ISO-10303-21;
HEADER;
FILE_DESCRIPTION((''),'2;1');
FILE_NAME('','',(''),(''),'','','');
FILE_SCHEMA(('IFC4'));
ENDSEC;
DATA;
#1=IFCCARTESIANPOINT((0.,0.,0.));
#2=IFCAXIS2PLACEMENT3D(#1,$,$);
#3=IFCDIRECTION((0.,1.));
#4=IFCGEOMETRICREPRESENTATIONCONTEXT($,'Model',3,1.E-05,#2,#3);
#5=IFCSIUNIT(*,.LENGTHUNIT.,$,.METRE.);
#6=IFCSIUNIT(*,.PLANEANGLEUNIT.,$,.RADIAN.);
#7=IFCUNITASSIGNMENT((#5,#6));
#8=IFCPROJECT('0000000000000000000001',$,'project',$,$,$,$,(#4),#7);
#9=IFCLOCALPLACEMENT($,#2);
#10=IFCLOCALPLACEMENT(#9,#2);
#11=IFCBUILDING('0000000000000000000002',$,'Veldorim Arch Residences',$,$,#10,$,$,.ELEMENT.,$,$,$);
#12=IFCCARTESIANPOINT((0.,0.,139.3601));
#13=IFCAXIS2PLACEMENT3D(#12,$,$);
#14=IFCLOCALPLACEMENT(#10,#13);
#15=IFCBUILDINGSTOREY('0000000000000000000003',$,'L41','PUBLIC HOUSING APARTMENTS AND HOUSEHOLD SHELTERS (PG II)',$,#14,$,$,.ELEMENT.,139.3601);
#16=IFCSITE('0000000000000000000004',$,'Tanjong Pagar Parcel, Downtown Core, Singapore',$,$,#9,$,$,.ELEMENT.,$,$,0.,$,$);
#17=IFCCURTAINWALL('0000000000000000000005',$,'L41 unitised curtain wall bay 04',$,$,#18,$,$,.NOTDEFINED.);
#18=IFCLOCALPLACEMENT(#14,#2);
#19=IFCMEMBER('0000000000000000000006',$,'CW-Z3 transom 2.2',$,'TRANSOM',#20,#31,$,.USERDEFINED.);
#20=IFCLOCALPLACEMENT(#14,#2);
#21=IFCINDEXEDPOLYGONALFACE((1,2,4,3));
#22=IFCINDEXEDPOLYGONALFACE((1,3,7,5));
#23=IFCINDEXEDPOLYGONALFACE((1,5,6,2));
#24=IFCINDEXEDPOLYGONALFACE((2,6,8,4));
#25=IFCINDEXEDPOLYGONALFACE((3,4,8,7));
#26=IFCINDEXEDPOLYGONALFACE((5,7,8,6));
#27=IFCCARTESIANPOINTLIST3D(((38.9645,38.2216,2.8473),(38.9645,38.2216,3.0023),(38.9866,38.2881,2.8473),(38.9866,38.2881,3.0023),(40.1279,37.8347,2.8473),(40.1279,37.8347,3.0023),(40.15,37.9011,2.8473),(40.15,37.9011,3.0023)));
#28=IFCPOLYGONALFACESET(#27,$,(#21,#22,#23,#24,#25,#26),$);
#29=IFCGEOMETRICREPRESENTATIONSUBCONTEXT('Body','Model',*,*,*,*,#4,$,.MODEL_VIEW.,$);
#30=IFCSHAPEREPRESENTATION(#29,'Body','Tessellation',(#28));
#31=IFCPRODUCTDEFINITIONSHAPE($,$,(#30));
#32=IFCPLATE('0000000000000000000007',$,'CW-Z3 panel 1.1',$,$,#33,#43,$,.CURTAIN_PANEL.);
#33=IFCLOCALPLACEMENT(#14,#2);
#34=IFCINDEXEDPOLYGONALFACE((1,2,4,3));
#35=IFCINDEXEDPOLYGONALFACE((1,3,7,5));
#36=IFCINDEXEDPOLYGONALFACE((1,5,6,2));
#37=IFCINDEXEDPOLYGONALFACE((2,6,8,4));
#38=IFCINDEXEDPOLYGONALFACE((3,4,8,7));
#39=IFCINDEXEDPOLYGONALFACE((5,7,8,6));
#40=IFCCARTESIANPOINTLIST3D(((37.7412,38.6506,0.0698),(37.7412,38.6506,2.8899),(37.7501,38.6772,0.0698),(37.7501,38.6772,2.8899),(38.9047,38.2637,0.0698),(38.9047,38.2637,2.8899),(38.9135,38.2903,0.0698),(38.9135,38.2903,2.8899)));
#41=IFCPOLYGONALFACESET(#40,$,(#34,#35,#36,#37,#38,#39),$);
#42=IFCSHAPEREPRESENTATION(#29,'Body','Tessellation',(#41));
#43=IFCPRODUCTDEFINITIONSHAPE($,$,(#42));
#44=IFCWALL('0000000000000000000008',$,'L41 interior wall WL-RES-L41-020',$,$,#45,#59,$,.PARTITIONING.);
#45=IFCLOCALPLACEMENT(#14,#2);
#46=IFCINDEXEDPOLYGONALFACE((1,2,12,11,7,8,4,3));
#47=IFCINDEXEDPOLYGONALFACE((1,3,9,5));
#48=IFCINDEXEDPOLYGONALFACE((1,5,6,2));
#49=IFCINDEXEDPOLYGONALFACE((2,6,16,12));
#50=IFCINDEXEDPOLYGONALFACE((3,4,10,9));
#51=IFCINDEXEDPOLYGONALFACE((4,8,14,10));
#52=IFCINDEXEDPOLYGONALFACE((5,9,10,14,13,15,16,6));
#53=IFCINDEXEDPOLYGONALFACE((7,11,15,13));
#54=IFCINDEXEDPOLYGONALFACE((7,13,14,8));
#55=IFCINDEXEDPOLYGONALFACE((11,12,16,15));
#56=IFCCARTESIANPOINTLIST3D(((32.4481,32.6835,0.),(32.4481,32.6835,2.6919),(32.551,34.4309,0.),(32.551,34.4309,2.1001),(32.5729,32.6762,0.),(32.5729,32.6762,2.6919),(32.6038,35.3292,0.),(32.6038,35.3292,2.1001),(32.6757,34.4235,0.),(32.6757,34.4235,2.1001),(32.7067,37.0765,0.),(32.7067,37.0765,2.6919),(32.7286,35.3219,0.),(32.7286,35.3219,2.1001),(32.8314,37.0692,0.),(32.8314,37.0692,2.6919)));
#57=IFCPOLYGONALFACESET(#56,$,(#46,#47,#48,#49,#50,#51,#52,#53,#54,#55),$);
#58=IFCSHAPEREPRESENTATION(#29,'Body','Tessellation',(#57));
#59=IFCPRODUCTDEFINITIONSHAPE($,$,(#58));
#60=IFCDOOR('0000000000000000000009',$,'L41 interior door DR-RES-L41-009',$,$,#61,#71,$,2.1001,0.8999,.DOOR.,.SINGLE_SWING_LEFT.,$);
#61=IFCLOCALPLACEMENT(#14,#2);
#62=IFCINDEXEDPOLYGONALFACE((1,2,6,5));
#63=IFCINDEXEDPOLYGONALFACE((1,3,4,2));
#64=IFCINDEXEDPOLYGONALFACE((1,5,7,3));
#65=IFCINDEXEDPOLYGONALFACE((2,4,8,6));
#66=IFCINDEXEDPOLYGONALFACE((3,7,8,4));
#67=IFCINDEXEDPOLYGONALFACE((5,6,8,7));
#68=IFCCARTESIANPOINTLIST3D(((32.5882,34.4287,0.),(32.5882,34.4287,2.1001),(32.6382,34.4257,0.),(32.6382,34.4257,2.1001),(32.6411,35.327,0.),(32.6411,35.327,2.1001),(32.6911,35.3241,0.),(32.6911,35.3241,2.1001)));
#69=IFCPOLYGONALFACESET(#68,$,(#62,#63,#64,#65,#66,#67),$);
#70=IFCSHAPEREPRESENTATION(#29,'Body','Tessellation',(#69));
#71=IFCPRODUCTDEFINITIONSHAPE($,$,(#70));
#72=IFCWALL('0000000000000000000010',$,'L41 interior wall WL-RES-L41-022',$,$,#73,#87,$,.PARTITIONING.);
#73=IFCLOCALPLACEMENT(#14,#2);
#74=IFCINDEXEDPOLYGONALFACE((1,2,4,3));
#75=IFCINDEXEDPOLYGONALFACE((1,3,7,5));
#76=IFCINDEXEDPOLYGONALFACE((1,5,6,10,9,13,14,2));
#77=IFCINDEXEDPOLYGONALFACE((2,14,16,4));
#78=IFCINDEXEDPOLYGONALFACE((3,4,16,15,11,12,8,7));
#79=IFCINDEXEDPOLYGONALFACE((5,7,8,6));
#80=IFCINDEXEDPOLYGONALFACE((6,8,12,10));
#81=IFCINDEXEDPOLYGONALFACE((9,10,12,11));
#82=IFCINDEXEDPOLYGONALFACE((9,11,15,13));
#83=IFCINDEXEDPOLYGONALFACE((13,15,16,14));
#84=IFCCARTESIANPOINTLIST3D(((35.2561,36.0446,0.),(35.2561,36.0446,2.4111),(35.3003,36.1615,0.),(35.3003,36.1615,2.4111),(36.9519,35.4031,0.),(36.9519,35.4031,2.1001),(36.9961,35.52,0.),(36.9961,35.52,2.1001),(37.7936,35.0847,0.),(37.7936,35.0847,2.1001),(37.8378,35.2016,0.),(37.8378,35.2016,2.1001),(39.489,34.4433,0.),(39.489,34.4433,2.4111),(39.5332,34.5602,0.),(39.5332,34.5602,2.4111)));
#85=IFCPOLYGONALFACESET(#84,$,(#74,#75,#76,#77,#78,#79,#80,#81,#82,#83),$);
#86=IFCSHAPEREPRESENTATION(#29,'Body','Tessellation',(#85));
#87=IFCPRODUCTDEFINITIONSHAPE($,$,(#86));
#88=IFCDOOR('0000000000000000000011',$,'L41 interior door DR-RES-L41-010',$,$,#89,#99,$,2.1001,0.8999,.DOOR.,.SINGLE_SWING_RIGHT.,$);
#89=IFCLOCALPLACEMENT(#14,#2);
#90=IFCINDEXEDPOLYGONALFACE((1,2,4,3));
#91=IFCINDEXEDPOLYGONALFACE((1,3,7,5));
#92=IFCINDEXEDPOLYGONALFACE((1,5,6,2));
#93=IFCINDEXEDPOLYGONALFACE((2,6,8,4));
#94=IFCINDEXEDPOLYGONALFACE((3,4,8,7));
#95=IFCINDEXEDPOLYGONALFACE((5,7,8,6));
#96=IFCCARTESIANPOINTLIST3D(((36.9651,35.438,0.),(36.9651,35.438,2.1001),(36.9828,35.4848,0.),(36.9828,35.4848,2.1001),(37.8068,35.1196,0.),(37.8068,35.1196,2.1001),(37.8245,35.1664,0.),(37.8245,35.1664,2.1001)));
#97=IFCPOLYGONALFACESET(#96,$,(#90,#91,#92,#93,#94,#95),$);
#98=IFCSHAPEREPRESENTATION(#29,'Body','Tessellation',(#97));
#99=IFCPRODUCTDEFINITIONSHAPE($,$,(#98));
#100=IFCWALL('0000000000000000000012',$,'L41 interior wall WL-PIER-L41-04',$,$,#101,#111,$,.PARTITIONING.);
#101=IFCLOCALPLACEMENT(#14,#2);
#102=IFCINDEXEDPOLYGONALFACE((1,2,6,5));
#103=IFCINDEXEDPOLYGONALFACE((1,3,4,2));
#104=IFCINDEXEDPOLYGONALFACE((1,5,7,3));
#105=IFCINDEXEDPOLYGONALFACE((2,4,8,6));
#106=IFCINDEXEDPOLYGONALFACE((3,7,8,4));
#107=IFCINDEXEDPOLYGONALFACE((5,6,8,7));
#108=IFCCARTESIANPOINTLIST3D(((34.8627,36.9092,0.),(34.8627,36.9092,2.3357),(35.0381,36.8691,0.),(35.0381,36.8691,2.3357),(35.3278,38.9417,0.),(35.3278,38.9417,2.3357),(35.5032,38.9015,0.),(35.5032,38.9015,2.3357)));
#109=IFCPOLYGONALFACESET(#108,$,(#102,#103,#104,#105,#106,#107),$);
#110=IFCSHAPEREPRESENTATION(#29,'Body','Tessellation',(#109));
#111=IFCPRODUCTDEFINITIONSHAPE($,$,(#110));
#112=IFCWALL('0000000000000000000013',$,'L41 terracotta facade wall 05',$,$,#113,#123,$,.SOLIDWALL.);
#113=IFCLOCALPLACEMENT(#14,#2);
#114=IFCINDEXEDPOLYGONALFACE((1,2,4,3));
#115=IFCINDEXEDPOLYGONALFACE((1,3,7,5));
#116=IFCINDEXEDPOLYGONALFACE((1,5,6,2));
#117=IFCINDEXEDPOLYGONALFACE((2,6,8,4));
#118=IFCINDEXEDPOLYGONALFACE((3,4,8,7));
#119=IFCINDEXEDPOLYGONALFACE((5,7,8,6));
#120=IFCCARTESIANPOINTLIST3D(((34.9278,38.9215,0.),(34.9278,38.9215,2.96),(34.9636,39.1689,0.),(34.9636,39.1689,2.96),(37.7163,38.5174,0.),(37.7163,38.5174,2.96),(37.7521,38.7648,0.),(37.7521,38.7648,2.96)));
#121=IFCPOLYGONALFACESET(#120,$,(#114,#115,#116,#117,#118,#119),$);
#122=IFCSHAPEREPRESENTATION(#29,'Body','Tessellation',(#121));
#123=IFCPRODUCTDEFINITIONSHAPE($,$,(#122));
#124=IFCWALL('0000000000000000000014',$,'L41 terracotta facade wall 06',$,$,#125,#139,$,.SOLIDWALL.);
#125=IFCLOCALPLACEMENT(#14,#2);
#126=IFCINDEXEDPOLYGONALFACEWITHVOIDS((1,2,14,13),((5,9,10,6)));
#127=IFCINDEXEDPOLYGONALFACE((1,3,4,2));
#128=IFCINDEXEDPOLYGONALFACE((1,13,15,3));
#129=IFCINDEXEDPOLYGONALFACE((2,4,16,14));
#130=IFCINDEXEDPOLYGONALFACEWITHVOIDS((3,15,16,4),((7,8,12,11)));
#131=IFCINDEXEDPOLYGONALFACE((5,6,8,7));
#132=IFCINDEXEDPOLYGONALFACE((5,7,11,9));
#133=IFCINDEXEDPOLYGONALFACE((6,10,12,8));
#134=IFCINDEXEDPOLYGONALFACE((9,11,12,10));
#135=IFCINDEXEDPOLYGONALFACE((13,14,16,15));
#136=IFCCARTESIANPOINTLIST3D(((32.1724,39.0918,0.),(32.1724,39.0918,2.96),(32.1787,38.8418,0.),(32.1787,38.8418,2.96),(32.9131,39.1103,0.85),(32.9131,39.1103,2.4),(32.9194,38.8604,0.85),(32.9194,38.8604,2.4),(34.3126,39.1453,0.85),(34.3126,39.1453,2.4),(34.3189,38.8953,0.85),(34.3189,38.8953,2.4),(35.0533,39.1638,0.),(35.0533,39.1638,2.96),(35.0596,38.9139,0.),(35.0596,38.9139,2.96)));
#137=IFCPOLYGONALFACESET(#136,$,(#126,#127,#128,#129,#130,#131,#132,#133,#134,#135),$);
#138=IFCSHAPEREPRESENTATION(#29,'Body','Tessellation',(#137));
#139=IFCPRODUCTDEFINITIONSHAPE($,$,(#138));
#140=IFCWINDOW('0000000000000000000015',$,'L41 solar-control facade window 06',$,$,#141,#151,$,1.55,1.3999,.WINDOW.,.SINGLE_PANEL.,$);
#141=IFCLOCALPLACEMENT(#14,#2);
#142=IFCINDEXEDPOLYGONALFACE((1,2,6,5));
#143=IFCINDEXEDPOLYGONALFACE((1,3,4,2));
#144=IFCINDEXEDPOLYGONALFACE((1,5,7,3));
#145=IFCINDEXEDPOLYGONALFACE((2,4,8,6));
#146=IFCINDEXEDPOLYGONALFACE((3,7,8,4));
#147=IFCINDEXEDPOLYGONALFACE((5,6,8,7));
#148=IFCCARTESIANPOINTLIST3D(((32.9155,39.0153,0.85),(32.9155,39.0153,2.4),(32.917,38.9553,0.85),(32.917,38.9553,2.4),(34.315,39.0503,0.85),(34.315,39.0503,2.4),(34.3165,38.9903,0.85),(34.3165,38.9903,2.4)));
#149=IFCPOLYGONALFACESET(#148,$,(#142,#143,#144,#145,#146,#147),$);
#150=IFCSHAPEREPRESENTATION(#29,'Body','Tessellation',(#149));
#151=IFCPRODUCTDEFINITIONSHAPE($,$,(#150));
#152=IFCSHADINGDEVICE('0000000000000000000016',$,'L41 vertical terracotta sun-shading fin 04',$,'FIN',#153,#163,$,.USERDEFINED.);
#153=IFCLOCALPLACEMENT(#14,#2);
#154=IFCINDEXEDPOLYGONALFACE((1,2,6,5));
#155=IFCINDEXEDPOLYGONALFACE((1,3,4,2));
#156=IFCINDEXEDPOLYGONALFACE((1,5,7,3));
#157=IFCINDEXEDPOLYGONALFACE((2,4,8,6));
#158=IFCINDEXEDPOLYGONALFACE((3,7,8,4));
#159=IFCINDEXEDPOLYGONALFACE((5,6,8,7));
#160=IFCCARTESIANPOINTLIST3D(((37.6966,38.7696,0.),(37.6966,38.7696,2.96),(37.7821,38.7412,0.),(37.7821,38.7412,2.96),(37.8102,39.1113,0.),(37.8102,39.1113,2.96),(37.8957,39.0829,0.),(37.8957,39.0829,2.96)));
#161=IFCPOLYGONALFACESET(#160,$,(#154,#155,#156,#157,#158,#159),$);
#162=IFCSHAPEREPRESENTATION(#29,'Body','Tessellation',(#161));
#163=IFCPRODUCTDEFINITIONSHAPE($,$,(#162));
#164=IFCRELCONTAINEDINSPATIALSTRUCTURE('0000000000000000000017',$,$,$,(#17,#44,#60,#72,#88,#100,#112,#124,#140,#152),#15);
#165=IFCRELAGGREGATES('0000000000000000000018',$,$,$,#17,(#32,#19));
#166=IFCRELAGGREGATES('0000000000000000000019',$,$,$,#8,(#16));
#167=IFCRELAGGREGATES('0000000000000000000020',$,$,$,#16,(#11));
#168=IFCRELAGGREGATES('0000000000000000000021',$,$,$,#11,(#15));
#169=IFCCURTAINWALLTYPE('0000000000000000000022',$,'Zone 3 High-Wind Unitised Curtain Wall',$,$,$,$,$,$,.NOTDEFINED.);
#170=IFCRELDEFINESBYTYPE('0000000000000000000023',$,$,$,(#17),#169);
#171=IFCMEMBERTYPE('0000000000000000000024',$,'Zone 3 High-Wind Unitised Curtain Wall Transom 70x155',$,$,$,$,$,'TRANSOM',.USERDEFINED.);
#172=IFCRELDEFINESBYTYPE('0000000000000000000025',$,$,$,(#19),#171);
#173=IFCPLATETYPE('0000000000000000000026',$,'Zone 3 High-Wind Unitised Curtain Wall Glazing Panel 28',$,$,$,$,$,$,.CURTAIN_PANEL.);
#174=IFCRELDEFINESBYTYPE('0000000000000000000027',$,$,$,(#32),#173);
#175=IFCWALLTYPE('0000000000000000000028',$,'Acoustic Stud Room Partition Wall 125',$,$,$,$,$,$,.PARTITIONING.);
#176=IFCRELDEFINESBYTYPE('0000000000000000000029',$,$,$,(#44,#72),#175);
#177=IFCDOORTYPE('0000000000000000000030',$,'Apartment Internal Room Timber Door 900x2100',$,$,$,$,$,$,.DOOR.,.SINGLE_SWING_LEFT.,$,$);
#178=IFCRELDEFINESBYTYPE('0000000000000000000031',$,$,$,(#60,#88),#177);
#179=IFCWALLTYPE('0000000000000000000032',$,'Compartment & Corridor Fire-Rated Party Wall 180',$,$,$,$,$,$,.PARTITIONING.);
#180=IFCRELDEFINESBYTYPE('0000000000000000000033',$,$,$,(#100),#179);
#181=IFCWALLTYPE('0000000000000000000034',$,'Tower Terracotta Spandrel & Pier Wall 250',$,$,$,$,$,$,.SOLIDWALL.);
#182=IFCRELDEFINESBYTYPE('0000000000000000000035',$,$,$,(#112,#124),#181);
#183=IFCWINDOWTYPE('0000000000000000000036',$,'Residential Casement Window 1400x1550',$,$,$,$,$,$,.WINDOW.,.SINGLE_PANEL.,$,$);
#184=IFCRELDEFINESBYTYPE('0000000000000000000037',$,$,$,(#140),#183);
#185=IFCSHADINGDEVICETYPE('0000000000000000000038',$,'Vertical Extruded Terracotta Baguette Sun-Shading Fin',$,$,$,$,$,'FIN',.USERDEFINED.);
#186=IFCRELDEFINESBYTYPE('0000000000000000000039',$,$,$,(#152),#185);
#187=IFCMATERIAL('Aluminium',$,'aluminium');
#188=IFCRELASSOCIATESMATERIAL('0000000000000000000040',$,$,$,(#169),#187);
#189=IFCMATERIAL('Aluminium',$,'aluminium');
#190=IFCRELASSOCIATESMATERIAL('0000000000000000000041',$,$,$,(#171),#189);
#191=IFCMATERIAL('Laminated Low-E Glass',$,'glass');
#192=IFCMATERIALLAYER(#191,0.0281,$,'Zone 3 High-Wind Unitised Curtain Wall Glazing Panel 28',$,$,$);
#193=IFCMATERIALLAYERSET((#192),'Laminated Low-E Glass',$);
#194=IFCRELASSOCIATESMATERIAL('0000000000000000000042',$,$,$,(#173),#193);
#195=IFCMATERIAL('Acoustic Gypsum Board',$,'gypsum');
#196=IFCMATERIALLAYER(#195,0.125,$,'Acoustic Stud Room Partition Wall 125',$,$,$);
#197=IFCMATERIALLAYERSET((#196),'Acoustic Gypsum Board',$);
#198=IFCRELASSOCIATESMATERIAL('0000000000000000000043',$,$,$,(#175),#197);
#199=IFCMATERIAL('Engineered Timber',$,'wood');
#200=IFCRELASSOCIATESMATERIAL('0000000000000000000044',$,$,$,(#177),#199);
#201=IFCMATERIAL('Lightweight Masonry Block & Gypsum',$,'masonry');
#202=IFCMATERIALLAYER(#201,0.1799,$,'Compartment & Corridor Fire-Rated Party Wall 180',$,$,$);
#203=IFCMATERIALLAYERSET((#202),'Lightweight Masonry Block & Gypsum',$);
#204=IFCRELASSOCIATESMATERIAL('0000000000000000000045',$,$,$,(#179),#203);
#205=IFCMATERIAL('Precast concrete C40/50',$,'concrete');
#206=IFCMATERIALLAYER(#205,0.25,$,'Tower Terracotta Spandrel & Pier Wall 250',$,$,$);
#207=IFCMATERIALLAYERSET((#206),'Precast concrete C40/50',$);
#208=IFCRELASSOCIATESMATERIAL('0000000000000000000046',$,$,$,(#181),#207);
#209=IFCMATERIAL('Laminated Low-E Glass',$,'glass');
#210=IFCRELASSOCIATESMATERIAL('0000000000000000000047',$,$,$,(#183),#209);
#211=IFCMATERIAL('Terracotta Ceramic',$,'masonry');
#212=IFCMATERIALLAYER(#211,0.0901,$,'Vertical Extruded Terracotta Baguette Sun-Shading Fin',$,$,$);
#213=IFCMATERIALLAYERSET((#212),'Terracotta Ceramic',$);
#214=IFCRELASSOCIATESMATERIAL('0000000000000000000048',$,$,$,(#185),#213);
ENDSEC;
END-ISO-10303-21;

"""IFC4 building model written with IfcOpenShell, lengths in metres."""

from ifc_helpers import new_model, si_unit, direction, frame, frame_2d, origin, origin_2d, place, context, subcontext, project, spatial, rectangle, extrude, material, layer, layer_set, material_profile, profile_set, type_object, element, fill, aggregate, save


model = new_model("IFC4")

# Units and contexts
model_context = context("Model", 3, precision=1e-05, world=origin(), true_north=direction((0.0, 1.0)))
body_context = subcontext(model_context, "Body", "Model", "MODEL_VIEW")
ifc_project = project(units=[si_unit("LENGTHUNIT", "METRE"), si_unit("PLANEANGLEUNIT", "RADIAN")], contexts=[model_context])

# Site, building, storey
site_placement = place(None, origin())
site = spatial("IfcSite", under=ifc_project, at=site_placement, Name="Tanjong Pagar Parcel, Downtown Core, Singapore", CompositionType="ELEMENT", RefElevation=0.0)
building_placement = place(site_placement, origin())
building = spatial("IfcBuilding", under=site, at=building_placement, Name="Veldorim Arch Residences", CompositionType="ELEMENT")
storey_placement = place(building_placement, frame((0.0, 0.0, 139.3601)))
storey = spatial("IfcBuildingStorey", under=building, at=storey_placement, Name="L41", Description="PUBLIC HOUSING APARTMENTS AND HOUSEHOLD SHELTERS (PG II)", CompositionType="ELEMENT", Elevation=139.3601)

# Curtain wall, member, plate
ifc_material_1 = material(Name="Aluminium", Category="aluminium")
curtain_wall_type = type_object("IfcCurtainWallType", Name="Zone 3 High-Wind Unitised Curtain Wall", PredefinedType="NOTDEFINED", material=ifc_material_1)
curtain_wall_placement = place(storey_placement, origin())
curtain_wall = element("IfcCurtainWall", 1, at=curtain_wall_placement, inside=storey, type_object=curtain_wall_type, Name="L41 unitised curtain wall bay 04", PredefinedType="NOTDEFINED")
ifc_material_2 = material(Name="Aluminium", Category="aluminium")
ifc_material_profile_1 = material_profile(ifc_material_2, rectangle(XDim=0.0701, YDim=0.155, at=origin_2d()), Name="ALU_TRN_70x155")
ifc_profile_set_1 = profile_set([ifc_material_profile_1], Name="Aluminium")
member_type_1 = type_object("IfcMemberType", Name="Zone 3 High-Wind Unitised Curtain Wall Transom 70x155", ElementType="TRANSOM", PredefinedType="USERDEFINED", material=ifc_profile_set_1)
member_1_placement = place(storey_placement, frame((38.9756, 38.2549, 2.9248), z_axis=(0.948882, -0.31563, 0.0), x_axis=(0.31563, 0.948882, 0.0)))
member_1 = element("IfcMember", 2, at=member_1_placement, type_object=member_type_1, Name="CW-Z3 transom 2.2", ObjectType="TRANSOM", PredefinedType="USERDEFINED", context=body_context, shape_type="SweptSolid", body=[
    extrude(rectangle(XDim=0.0701, YDim=0.155, at=origin_2d()), origin(), (0.0, 0.0, 1.0), 1.2261),
])
ifc_material_3 = material(Name="Laminated Low-E Glass", Category="glass")
ifc_layer_1 = layer(ifc_material_3, 0.0281, Name="Zone 3 High-Wind Unitised Curtain Wall Glazing Panel 28")
ifc_layer_set_1 = layer_set([ifc_layer_1], Name="Laminated Low-E Glass")
plate_type = type_object("IfcPlateType", Name="Zone 3 High-Wind Unitised Curtain Wall Glazing Panel 28", PredefinedType="CURTAIN_PANEL", material=ifc_layer_set_1)
plate_placement = place(storey_placement, frame((38.3274, 38.4705, 0.0698), z_axis=(0.0, 0.0, 1.0), x_axis=(0.948908, -0.315552, 0.0)))
plate = element("IfcPlate", 3, at=plate_placement, type_object=plate_type, Name="CW-Z3 panel 1.1", PredefinedType="CURTAIN_PANEL", context=body_context, shape_type="SweptSolid", body=[
    extrude(rectangle(XDim=1.2261, YDim=0.0281, at=origin_2d()), origin(), (0.0, 0.0, 1.0), 2.8201),
])
aggregate(curtain_wall, [plate, member_1])

# Walls, openings, doors
ifc_material_4 = material(Name="Acoustic Gypsum Board", Category="gypsum")
ifc_layer_2 = layer(ifc_material_4, 0.125, Name="Acoustic Stud Room Partition Wall 125")
ifc_layer_set_2 = layer_set([ifc_layer_2], Name="Acoustic Gypsum Board")
wall_type_1 = type_object("IfcWallType", Name="Acoustic Stud Room Partition Wall 125", PredefinedType="PARTITIONING", material=ifc_layer_set_2)
wall_1_placement = place(storey_placement, frame((32.769, 37.0728, 0.0), z_axis=(0.0, 0.0, 1.0), x_axis=(-0.058751, -0.998273, 0.0)))
wall_1 = element("IfcWall", 4, at=wall_1_placement, inside=storey, type_object=wall_type_1, Name="L41 interior wall WL-RES-L41-020", PredefinedType="PARTITIONING", context=body_context, shape_type="SweptSolid", body=[
    extrude(rectangle(XDim=4.4006, YDim=0.125, at=frame_2d((2.2002, 0.0))), origin(), (0.0, 0.0, 1.0), 2.6919),
])
opening_1_placement = place(wall_1_placement, frame((1.7502, 0.0, 0.0)))
opening_1 = element("IfcOpeningElement", 5, at=opening_1_placement, cuts=wall_1, PredefinedType="OPENING", context=body_context, shape_type="SweptSolid", body=[
    extrude(rectangle(XDim=0.8999, YDim=2.1001, at=frame_2d((0.45, 1.05))), frame((0.0, 0.0725, 0.0), z_axis=(0.0, -1.0, 0.0), x_axis=(1.0, 0.0, 0.0)), (0.0, 0.0, 1.0), 0.145),
])
ifc_material_5 = material(Name="Engineered Timber", Category="wood")
door_type = type_object("IfcDoorType", Name="Apartment Internal Room Timber Door 900x2100", OperationType="SINGLE_SWING_LEFT", PredefinedType="DOOR", material=ifc_material_5)
door_1_placement = place(opening_1_placement, origin())
door_1 = element("IfcDoor", 6, at=door_1_placement, inside=storey, type_object=door_type, Name="L41 interior door DR-RES-L41-009", OperationType="SINGLE_SWING_LEFT", OverallHeight=2.1001, OverallWidth=0.8999, PredefinedType="DOOR", context=body_context, shape_type="SweptSolid", body=[
    extrude(rectangle(XDim=0.8999, YDim=2.1001, at=frame_2d((0.45, 1.05))), frame((0.0, 0.0249, 0.0), z_axis=(0.0, -1.0, 0.0), x_axis=(1.0, 0.0, 0.0)), (0.0, 0.0, 1.0), 0.05),
])
fill(opening_1, door_1)
wall_2_placement = place(storey_placement, frame((35.2783, 36.103, 0.0), z_axis=(0.0, 0.0, 1.0), x_axis=(0.93531, -0.35383, 0.0)))
wall_2 = element("IfcWall", 7, at=wall_2_placement, inside=storey, type_object=wall_type_1, Name="L41 interior wall WL-RES-L41-022", PredefinedType="PARTITIONING", context=body_context, shape_type="SweptSolid", body=[
    extrude(rectangle(XDim=4.5256, YDim=0.125, at=frame_2d((2.2627, 0.0))), origin(), (0.0, 0.0, 1.0), 2.4111),
])
opening_2_placement = place(wall_2_placement, frame((1.813, 0.0, 0.0)))
opening_2 = element("IfcOpeningElement", 8, at=opening_2_placement, cuts=wall_2, PredefinedType="OPENING", context=body_context, shape_type="SweptSolid", body=[
    extrude(rectangle(XDim=0.8999, YDim=2.1001, at=frame_2d((0.45, 1.05))), frame((0.0, 0.0725, 0.0), z_axis=(0.0, -1.0, 0.0), x_axis=(1.0, 0.0, 0.0)), (0.0, 0.0, 1.0), 0.145),
])
door_2_placement = place(opening_2_placement, origin())
door_2 = element("IfcDoor", 9, at=door_2_placement, inside=storey, type_object=door_type, Name="L41 interior door DR-RES-L41-010", OperationType="SINGLE_SWING_RIGHT", OverallHeight=2.1001, OverallWidth=0.8999, PredefinedType="DOOR", context=body_context, shape_type="SweptSolid", body=[
    extrude(rectangle(XDim=0.8999, YDim=2.1001, at=frame_2d((0.45, 1.05))), frame((0.0, 0.0249, 0.0), z_axis=(0.0, -1.0, 0.0), x_axis=(1.0, 0.0, 0.0)), (0.0, 0.0, 1.0), 0.05),
])
fill(opening_2, door_2)

# Walls
ifc_material_6 = material(Name="Lightweight Masonry Block & Gypsum", Category="masonry")
ifc_layer_3 = layer(ifc_material_6, 0.1799, Name="Compartment & Corridor Fire-Rated Party Wall 180")
ifc_layer_set_3 = layer_set([ifc_layer_3], Name="Lightweight Masonry Block & Gypsum")
wall_type_2 = type_object("IfcWallType", Name="Compartment & Corridor Fire-Rated Party Wall 180", PredefinedType="PARTITIONING", material=ifc_layer_set_3)
wall_3_placement = place(storey_placement, frame((34.9504, 36.8892, 0.0), z_axis=(0.0, 0.0, 1.0), x_axis=(0.223063, 0.974804, 0.0)))
element("IfcWall", 10, at=wall_3_placement, inside=storey, type_object=wall_type_2, Name="L41 interior wall WL-PIER-L41-04", PredefinedType="PARTITIONING", context=body_context, shape_type="SweptSolid", body=[
    extrude(rectangle(XDim=2.085, YDim=0.1799, at=frame_2d((1.0425, 0.0))), origin(), (0.0, 0.0, 1.0), 2.3357),
])
ifc_material_7 = material(Name="Precast concrete C40/50", Category="concrete")
ifc_layer_4 = layer(ifc_material_7, 0.25, Name="Tower Terracotta Spandrel & Pier Wall 250")
ifc_layer_set_4 = layer_set([ifc_layer_4], Name="Precast concrete C40/50")
wall_type_3 = type_object("IfcWallType", Name="Tower Terracotta Spandrel & Pier Wall 250", PredefinedType="SOLIDWALL", material=ifc_layer_set_4)
wall_4_placement = place(storey_placement, frame((34.9458, 39.0452, 0.0), z_axis=(0.0, 0.0, 1.0), x_axis=(0.989665, -0.143398, 0.0)))
element("IfcWall", 11, at=wall_4_placement, inside=storey, type_object=wall_type_3, Name="L41 terracotta facade wall 05", PredefinedType="SOLIDWALL", context=body_context, shape_type="SweptSolid", body=[
    extrude(rectangle(XDim=2.8176, YDim=0.25, at=frame_2d((1.4087, 0.0))), origin(), (0.0, 0.0, 1.0), 2.96),
])

# Wall, opening, window
wall_5_placement = place(storey_placement, frame((32.1755, 38.9668, 0.0), z_axis=(0.0, 0.0, 1.0), x_axis=(0.999688, 0.024992, 0.0)))
wall_5 = element("IfcWall", 12, at=wall_5_placement, inside=storey, type_object=wall_type_3, Name="L41 terracotta facade wall 06", PredefinedType="SOLIDWALL", context=body_context, shape_type="SweptSolid", body=[
    extrude(rectangle(XDim=2.8818, YDim=0.25, at=frame_2d((1.4409, 0.0))), origin(), (0.0, 0.0, 1.0), 2.96),
])
opening_3_placement = place(wall_5_placement, frame((0.741, 0.0, 0.8501)))
opening_3 = element("IfcOpeningElement", 13, at=opening_3_placement, cuts=wall_5, PredefinedType="OPENING", context=body_context, shape_type="SweptSolid", body=[
    extrude(rectangle(XDim=1.3999, YDim=1.55, at=frame_2d((0.7, 0.7749))), frame((0.0, 0.135, 0.0), z_axis=(0.0, -1.0, 0.0), x_axis=(1.0, 0.0, 0.0)), (0.0, 0.0, 1.0), 0.27),
])
ifc_material_8 = material(Name="Laminated Low-E Glass", Category="glass")
window_type = type_object("IfcWindowType", Name="Residential Casement Window 1400x1550", PartitioningType="SINGLE_PANEL", PredefinedType="WINDOW", material=ifc_material_8)
window_placement = place(opening_3_placement, origin())
window = element("IfcWindow", 14, at=window_placement, inside=storey, type_object=window_type, Name="L41 solar-control facade window 06", OverallHeight=1.55, OverallWidth=1.3999, PartitioningType="SINGLE_PANEL", PredefinedType="WINDOW", context=body_context, shape_type="SweptSolid", body=[
    extrude(rectangle(XDim=1.3999, YDim=1.55, at=frame_2d((0.7, 0.7749))), frame((0.0, 0.03, 0.0), z_axis=(0.0, -1.0, 0.0), x_axis=(1.0, 0.0, 0.0)), (0.0, 0.0, 1.0), 0.0601),
])
fill(opening_3, window)

# Shading device
ifc_material_9 = material(Name="Terracotta Ceramic", Category="masonry")
ifc_layer_5 = layer(ifc_material_9, 0.0901, Name="Vertical Extruded Terracotta Baguette Sun-Shading Fin")
ifc_layer_set_5 = layer_set([ifc_layer_5], Name="Terracotta Ceramic")
shading_device_type = type_object("IfcShadingDeviceType", Name="Vertical Extruded Terracotta Baguette Sun-Shading Fin", ElementType="FIN", PredefinedType="USERDEFINED", material=ifc_layer_set_5)
shading_device_placement = place(storey_placement, frame((37.7961, 38.9263, 0.0), z_axis=(0.0, 0.0, 1.0), x_axis=(0.948931, -0.315483, 0.0)))
element("IfcShadingDevice", 15, at=shading_device_placement, inside=storey, type_object=shading_device_type, Name="L41 vertical terracotta sun-shading fin 04", ObjectType="FIN", PredefinedType="USERDEFINED", context=body_context, shape_type="SweptSolid", body=[
    extrude(rectangle(XDim=0.0901, YDim=0.3601, at=origin_2d()), origin(), (0.0, 0.0, 1.0), 2.96),
])

save(model, "model.ifc")
